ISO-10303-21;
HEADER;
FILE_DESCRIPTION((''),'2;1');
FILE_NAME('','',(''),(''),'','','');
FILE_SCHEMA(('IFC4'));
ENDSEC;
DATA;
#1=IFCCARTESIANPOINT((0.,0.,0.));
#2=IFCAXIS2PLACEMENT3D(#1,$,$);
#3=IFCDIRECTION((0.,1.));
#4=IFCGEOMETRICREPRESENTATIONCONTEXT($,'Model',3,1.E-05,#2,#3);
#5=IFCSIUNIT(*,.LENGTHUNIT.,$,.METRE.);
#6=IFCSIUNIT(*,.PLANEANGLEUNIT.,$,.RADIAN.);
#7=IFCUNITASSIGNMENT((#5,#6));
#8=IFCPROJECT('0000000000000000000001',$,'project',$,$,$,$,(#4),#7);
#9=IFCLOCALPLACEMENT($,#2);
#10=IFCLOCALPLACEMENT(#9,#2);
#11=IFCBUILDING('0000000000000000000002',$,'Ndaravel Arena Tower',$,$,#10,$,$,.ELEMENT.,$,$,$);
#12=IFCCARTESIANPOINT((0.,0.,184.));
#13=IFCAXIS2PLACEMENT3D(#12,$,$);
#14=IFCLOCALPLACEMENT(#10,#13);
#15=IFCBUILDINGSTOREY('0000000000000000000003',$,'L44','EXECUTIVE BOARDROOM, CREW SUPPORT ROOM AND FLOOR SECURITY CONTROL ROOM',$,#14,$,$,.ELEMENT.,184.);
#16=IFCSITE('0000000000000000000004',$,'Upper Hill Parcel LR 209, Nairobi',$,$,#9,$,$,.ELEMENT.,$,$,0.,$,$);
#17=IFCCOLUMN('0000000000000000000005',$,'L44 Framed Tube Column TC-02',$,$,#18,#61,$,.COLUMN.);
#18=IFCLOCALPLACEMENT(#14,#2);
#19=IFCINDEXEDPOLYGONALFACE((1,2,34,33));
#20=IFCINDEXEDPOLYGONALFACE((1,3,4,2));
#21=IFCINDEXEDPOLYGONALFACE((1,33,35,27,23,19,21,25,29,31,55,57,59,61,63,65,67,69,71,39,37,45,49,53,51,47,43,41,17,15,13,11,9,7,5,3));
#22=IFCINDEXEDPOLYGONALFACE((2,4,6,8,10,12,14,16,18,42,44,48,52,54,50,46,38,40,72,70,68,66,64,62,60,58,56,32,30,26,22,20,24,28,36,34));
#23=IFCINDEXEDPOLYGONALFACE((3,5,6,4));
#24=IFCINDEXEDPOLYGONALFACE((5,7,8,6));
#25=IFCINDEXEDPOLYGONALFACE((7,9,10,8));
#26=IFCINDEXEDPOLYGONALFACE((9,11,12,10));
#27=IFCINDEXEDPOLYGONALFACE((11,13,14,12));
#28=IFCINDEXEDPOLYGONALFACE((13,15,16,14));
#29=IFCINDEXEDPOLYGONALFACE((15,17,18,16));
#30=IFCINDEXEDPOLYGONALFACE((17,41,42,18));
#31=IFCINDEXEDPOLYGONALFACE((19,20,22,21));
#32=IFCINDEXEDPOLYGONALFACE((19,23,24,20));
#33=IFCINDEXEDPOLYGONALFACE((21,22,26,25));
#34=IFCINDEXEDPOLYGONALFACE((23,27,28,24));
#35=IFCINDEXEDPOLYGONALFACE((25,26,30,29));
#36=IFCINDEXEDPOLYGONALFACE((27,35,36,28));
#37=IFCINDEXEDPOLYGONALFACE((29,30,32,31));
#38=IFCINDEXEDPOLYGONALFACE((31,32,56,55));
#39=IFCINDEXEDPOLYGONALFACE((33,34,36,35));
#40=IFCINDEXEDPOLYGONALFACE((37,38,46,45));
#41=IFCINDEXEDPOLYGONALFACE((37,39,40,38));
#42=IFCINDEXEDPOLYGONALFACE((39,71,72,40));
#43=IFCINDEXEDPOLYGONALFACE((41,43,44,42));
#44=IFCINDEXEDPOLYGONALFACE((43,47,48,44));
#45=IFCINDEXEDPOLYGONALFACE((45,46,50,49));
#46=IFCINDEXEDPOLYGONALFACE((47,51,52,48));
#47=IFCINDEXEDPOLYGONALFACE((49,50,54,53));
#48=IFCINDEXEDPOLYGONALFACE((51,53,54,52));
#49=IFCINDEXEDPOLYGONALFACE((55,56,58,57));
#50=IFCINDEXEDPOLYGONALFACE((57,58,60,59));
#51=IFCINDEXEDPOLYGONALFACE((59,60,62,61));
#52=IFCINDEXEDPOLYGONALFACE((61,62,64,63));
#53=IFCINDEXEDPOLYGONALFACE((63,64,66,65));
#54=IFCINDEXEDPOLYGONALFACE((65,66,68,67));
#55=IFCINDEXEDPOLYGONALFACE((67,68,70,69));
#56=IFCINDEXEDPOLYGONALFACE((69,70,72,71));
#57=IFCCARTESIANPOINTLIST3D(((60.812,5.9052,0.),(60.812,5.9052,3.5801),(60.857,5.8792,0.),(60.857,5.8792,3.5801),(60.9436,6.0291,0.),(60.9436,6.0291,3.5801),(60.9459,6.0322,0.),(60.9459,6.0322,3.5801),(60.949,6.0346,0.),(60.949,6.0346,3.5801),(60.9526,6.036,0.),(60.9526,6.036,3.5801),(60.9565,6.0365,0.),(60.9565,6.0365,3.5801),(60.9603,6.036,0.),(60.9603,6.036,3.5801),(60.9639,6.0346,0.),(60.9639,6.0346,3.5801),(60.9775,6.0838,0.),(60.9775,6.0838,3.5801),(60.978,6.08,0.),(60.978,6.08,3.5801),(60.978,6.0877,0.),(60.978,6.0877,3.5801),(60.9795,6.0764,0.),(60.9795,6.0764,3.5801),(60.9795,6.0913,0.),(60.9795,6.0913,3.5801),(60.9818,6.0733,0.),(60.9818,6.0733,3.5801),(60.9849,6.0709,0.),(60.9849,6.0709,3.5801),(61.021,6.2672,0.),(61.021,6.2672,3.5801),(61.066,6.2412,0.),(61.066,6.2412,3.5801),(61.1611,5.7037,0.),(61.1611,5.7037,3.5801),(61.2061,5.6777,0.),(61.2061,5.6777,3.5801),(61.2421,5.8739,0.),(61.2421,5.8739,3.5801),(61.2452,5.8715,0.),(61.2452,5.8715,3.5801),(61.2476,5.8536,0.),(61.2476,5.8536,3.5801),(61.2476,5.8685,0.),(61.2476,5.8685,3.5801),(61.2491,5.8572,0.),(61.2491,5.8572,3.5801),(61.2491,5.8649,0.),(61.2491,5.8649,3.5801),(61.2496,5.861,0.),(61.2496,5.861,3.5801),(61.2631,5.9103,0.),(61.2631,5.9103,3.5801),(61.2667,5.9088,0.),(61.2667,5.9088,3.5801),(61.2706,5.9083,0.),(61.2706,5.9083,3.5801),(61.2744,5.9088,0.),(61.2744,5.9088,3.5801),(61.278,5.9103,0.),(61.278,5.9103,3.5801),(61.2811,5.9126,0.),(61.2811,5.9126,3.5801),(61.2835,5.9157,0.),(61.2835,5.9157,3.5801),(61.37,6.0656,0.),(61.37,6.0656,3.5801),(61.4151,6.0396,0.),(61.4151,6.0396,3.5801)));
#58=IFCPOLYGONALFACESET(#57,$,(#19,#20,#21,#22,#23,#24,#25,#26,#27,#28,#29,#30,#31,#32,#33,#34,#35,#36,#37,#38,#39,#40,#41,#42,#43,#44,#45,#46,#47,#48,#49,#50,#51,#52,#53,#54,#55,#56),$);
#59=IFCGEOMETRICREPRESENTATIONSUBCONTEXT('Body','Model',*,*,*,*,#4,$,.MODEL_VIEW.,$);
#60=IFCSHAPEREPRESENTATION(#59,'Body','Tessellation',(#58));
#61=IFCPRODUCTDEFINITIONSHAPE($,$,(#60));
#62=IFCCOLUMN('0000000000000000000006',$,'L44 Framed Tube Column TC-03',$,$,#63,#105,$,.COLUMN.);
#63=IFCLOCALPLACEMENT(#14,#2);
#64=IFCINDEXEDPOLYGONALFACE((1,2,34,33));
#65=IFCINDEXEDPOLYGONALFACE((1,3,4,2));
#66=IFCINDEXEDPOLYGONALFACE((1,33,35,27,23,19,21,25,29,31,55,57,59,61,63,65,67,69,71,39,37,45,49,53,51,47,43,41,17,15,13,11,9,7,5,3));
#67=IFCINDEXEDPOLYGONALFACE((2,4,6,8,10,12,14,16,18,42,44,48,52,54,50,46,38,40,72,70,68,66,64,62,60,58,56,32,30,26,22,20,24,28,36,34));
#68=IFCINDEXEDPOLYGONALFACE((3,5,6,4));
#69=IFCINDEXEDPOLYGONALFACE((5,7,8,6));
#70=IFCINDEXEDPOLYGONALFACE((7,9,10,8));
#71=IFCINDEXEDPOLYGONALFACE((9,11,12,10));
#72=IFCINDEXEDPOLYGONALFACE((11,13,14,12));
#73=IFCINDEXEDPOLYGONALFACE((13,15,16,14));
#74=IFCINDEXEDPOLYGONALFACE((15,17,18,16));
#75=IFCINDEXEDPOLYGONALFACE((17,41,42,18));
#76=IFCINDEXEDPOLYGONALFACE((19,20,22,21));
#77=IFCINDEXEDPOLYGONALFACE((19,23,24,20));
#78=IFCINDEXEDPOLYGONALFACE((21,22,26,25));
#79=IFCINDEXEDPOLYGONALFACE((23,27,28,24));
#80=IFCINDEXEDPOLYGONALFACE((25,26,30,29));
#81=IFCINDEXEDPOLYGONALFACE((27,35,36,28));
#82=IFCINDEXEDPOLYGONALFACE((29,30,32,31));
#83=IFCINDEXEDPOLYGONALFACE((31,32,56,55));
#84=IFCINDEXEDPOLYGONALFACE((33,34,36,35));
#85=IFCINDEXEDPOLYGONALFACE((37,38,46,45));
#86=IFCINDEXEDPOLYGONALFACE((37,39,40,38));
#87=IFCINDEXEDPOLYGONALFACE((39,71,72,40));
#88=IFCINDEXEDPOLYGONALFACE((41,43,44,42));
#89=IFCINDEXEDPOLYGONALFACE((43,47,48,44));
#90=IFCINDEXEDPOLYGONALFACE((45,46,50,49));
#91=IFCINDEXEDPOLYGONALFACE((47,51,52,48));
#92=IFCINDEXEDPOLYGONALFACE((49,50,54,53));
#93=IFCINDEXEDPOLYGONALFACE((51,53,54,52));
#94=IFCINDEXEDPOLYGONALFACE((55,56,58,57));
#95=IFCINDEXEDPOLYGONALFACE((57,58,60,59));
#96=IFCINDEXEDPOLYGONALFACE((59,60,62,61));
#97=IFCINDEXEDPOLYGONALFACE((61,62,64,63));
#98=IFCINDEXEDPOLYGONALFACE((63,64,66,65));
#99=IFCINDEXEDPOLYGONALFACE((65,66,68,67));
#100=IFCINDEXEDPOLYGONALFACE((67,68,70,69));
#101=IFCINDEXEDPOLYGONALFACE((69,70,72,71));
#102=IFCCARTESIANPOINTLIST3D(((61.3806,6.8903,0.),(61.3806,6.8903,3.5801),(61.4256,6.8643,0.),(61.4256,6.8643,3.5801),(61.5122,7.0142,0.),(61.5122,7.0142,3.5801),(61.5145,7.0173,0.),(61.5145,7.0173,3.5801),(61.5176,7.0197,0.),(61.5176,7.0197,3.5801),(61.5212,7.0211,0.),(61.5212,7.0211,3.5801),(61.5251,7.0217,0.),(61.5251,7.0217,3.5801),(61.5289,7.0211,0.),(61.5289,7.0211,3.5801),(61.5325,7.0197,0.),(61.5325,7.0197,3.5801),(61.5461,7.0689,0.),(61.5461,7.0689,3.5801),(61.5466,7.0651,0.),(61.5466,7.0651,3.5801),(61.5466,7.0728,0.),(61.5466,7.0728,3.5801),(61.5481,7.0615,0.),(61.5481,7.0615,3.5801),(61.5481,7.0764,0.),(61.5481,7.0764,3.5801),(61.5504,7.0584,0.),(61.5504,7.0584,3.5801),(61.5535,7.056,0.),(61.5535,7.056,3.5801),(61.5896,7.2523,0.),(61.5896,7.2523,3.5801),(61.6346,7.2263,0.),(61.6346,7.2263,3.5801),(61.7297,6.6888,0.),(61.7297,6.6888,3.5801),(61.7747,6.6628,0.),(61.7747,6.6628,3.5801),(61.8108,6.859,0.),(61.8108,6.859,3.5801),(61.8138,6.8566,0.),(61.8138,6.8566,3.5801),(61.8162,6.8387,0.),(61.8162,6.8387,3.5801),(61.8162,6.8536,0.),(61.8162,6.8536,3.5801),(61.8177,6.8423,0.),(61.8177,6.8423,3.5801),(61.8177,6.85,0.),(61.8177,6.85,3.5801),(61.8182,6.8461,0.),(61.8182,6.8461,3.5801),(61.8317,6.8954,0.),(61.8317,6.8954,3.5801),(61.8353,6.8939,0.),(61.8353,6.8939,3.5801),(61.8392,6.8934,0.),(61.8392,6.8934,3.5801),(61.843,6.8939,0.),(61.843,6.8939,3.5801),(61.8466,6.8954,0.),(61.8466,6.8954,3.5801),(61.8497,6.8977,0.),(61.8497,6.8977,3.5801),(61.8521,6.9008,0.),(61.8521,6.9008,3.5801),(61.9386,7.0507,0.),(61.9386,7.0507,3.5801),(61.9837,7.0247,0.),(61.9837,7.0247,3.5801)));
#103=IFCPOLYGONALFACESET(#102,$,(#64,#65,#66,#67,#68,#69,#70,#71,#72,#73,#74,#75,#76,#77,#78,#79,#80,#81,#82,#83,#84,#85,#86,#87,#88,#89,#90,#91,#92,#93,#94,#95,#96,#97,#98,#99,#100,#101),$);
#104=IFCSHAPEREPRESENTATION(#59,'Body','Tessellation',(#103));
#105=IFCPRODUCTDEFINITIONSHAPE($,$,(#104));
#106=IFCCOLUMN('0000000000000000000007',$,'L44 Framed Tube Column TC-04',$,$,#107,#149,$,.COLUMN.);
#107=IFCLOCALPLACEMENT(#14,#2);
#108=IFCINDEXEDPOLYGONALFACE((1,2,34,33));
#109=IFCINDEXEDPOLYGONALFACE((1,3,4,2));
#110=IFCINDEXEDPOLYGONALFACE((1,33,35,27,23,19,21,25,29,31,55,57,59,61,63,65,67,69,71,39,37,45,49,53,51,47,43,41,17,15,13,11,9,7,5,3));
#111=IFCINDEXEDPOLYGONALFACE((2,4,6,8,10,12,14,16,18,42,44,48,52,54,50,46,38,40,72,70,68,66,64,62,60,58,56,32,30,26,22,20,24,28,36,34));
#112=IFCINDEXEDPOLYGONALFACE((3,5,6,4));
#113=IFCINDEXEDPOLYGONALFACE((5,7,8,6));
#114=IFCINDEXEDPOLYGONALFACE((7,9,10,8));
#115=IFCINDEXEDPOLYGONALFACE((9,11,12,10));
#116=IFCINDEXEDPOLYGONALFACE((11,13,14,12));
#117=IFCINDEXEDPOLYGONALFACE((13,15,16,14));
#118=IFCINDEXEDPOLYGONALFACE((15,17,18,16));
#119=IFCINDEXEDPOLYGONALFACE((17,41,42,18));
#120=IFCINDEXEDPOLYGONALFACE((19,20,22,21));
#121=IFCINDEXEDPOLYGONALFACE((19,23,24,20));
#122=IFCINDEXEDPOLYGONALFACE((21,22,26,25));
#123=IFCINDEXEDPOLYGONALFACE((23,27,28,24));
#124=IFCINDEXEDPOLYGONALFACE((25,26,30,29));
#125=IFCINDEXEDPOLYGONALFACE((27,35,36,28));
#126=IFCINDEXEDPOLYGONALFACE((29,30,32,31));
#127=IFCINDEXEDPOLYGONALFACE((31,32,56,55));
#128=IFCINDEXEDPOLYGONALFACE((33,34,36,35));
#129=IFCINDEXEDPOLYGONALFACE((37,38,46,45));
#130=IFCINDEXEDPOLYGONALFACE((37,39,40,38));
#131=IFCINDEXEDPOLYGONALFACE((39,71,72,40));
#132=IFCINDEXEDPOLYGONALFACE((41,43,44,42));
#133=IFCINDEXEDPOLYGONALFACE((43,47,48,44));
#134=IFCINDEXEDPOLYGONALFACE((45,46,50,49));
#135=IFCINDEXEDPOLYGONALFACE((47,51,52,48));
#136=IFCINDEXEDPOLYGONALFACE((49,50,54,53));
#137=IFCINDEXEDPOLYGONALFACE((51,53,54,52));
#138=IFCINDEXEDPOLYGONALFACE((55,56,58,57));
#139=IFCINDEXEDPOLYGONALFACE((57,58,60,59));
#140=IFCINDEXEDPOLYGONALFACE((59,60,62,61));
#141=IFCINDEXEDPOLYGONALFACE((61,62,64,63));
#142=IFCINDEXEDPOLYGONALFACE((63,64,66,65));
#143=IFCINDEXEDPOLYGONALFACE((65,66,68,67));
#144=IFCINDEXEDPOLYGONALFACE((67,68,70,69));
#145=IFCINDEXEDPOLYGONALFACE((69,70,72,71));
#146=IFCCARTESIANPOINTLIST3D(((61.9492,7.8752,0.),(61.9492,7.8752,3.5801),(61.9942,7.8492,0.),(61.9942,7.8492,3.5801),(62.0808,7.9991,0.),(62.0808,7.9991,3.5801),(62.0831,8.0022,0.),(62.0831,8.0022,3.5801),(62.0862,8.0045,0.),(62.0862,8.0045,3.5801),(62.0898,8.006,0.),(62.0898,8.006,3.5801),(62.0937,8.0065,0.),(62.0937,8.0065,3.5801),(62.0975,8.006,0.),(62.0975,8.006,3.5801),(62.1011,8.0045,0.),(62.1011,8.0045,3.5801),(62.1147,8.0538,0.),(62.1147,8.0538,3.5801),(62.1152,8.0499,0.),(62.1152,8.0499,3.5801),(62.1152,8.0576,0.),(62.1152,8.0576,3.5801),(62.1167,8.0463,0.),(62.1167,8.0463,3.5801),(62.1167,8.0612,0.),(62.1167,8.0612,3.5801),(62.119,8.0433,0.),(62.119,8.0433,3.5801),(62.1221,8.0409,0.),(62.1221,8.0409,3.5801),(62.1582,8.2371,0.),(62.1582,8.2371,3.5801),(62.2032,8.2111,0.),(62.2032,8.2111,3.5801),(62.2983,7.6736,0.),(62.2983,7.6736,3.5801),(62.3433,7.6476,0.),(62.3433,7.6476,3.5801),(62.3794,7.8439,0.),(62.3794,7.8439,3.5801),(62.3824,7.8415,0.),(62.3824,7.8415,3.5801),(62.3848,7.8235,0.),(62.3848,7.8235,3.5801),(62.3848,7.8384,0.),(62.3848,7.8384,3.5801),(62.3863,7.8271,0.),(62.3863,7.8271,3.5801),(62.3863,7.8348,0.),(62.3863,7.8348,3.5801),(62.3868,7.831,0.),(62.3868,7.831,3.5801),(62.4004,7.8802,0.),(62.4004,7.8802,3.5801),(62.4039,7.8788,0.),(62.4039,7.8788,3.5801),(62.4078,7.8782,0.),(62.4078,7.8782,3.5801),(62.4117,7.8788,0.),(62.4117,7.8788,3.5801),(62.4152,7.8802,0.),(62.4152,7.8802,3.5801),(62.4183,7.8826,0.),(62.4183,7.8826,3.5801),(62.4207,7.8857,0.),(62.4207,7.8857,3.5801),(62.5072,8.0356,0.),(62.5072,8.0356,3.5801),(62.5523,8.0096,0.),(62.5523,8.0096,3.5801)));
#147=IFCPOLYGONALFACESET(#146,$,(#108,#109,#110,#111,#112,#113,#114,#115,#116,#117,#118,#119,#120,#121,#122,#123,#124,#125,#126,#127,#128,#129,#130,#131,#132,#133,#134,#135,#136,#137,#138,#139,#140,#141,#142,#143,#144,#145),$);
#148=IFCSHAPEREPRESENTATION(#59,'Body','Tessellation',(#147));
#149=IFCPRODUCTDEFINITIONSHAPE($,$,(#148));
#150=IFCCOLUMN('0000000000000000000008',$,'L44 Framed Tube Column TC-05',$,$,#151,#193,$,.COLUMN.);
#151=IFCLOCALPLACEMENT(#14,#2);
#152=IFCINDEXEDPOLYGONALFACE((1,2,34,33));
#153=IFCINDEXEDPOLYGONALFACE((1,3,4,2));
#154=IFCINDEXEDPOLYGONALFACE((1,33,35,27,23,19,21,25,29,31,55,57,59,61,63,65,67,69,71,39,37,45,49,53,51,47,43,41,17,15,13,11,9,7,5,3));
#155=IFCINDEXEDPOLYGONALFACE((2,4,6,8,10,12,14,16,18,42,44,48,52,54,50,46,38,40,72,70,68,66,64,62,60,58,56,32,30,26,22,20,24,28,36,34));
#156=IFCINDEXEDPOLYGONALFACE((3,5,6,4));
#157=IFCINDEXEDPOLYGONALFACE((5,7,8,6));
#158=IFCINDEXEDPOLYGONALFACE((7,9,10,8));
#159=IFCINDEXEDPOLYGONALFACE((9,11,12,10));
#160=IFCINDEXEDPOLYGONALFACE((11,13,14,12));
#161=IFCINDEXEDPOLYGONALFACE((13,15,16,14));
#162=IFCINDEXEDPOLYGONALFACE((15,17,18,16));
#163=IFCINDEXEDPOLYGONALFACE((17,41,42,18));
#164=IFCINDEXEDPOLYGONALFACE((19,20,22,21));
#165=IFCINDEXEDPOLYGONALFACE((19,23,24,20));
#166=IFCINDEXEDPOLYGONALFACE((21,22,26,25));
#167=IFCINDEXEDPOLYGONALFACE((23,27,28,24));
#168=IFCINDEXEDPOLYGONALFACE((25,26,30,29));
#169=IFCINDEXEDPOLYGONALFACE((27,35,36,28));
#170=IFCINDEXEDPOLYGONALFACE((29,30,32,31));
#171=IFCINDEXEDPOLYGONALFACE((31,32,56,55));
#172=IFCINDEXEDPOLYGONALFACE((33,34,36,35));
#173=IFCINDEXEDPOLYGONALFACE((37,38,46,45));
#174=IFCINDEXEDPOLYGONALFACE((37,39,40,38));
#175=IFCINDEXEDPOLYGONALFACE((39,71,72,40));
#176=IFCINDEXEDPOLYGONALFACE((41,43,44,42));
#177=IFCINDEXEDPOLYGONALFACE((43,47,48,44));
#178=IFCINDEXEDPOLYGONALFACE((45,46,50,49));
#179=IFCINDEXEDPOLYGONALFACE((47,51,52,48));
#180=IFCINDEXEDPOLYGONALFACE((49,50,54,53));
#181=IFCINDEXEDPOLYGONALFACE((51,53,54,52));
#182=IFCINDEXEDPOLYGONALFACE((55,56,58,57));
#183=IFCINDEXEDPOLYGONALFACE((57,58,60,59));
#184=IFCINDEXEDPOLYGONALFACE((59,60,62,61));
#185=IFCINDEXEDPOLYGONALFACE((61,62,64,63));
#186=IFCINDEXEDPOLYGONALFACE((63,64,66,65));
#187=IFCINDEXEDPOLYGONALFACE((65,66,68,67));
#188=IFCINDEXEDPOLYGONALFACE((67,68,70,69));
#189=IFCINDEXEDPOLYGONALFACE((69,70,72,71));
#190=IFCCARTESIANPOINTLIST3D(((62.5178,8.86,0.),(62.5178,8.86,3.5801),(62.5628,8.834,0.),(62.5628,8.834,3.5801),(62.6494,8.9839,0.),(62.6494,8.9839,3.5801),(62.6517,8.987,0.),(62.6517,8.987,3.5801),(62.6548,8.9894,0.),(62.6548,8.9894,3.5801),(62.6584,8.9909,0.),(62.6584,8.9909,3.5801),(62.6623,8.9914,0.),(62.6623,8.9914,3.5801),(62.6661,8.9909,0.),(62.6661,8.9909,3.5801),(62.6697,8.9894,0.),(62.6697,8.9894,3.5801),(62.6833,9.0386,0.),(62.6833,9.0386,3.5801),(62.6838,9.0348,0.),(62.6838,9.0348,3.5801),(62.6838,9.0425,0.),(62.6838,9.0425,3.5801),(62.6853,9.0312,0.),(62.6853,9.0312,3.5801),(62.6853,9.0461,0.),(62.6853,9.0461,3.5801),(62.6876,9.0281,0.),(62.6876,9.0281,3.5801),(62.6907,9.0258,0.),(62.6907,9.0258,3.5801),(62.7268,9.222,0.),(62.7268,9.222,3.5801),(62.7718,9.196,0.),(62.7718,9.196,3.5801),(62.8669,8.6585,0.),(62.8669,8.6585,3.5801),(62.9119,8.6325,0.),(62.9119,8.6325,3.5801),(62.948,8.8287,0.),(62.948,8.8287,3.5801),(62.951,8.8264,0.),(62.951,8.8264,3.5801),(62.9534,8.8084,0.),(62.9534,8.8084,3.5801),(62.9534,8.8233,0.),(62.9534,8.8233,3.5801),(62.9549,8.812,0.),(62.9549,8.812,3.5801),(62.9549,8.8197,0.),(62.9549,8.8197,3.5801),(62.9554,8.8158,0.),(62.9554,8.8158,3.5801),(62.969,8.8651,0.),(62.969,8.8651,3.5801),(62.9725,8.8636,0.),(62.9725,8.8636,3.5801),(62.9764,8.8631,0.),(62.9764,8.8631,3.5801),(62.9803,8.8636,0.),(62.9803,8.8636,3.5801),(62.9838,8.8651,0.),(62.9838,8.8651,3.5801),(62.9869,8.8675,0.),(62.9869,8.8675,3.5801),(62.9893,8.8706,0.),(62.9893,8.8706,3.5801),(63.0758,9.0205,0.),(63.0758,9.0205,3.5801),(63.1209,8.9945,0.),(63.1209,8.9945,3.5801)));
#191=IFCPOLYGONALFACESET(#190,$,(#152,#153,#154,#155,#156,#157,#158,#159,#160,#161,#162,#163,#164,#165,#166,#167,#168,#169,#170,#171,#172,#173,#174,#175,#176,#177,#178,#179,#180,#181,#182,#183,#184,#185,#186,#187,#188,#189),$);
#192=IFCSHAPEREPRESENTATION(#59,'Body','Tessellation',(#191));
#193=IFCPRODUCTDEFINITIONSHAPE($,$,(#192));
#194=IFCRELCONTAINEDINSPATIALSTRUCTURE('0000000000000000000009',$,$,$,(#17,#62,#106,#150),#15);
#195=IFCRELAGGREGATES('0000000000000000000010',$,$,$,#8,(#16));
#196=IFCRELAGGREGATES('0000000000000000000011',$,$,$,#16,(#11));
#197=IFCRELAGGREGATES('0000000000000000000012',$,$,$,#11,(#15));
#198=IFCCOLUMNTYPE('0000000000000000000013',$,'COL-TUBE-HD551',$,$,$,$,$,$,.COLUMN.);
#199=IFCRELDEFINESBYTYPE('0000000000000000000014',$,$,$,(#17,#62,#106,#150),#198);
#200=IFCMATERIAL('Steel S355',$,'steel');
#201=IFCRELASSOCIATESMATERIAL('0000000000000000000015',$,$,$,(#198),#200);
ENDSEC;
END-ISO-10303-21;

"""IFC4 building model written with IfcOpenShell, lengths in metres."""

from ifc_helpers import new_model, si_unit, direction, frame, origin, origin_2d, place, context, subcontext, project, spatial, i_section, extrude, material, material_profile, profile_set, type_object, element, save


model = new_model("IFC4")

# Units and contexts
model_context = context("Model", 3, precision=1e-05, world=origin(), true_north=direction((0.0, 1.0)))
body_context = subcontext(model_context, "Body", "Model", "MODEL_VIEW")
ifc_project = project(units=[si_unit("LENGTHUNIT", "METRE"), si_unit("PLANEANGLEUNIT", "RADIAN")], contexts=[model_context])

# Site, building, storey
site_placement = place(None, origin())
site = spatial("IfcSite", under=ifc_project, at=site_placement, Name="Upper Hill Parcel LR 209, Nairobi", CompositionType="ELEMENT", RefElevation=0.0)
building_placement = place(site_placement, origin())
building = spatial("IfcBuilding", under=site, at=building_placement, Name="Ndaravel Arena Tower", CompositionType="ELEMENT")
storey_placement = place(building_placement, frame((0.0, 0.0, 184.0)))
storey = spatial("IfcBuildingStorey", under=building, at=storey_placement, Name="L44", Description="EXECUTIVE BOARDROOM, CREW SUPPORT ROOM AND FLOOR SECURITY CONTROL ROOM", CompositionType="ELEMENT", Elevation=184.0)

# Columns
ifc_material_1 = material(Name="Steel S355", Category="steel")
ifc_material_profile_1 = material_profile(ifc_material_1, i_section(OverallWidth=0.418, OverallDepth=0.4551, WebThickness=0.042, FlangeThickness=0.052, FilletRadius=0.0149, at=origin_2d()), Name="HD 400x551")
ifc_profile_set_1 = profile_set([ifc_material_profile_1], Name="Steel S355")
column_type = type_object("IfcColumnType", Name="COL-TUBE-HD551", PredefinedType="COLUMN", material=ifc_profile_set_1)
for number, where, z_axis, x_axis, name in (
    (1, (61.1135, 5.9724, 0.0), (0.0, 0.0, 1.0), (0.5, 0.866025, 0.0), "L44 Framed Tube Column TC-02"),
    (2, (61.6821, 6.9575, 0.0), (0.0, 0.0, 1.0), (0.5, 0.866025, 0.0), "L44 Framed Tube Column TC-03"),
    (3, (62.2507, 7.9424, 0.0), (0.0, 0.0, 1.0), (0.5, 0.866025, 0.0), "L44 Framed Tube Column TC-04"),
    (4, (62.8193, 8.9272, 0.0), (0.0, 0.0, 1.0), (0.5, 0.866025, 0.0), "L44 Framed Tube Column TC-05"),
):
    element("IfcColumn", number, at=place(storey_placement, frame(where, z_axis=z_axis, x_axis=x_axis)), inside=storey, type_object=column_type, Name=name, PredefinedType="COLUMN", context=body_context, shape_type="SweptSolid", body=[
        extrude(i_section(OverallWidth=0.418, OverallDepth=0.4551, WebThickness=0.042, FlangeThickness=0.052, FilletRadius=0.0149, at=origin_2d()), origin(), (0.0, 0.0, 1.0), 3.5801),
    ])

save(model, "model.ifc")
